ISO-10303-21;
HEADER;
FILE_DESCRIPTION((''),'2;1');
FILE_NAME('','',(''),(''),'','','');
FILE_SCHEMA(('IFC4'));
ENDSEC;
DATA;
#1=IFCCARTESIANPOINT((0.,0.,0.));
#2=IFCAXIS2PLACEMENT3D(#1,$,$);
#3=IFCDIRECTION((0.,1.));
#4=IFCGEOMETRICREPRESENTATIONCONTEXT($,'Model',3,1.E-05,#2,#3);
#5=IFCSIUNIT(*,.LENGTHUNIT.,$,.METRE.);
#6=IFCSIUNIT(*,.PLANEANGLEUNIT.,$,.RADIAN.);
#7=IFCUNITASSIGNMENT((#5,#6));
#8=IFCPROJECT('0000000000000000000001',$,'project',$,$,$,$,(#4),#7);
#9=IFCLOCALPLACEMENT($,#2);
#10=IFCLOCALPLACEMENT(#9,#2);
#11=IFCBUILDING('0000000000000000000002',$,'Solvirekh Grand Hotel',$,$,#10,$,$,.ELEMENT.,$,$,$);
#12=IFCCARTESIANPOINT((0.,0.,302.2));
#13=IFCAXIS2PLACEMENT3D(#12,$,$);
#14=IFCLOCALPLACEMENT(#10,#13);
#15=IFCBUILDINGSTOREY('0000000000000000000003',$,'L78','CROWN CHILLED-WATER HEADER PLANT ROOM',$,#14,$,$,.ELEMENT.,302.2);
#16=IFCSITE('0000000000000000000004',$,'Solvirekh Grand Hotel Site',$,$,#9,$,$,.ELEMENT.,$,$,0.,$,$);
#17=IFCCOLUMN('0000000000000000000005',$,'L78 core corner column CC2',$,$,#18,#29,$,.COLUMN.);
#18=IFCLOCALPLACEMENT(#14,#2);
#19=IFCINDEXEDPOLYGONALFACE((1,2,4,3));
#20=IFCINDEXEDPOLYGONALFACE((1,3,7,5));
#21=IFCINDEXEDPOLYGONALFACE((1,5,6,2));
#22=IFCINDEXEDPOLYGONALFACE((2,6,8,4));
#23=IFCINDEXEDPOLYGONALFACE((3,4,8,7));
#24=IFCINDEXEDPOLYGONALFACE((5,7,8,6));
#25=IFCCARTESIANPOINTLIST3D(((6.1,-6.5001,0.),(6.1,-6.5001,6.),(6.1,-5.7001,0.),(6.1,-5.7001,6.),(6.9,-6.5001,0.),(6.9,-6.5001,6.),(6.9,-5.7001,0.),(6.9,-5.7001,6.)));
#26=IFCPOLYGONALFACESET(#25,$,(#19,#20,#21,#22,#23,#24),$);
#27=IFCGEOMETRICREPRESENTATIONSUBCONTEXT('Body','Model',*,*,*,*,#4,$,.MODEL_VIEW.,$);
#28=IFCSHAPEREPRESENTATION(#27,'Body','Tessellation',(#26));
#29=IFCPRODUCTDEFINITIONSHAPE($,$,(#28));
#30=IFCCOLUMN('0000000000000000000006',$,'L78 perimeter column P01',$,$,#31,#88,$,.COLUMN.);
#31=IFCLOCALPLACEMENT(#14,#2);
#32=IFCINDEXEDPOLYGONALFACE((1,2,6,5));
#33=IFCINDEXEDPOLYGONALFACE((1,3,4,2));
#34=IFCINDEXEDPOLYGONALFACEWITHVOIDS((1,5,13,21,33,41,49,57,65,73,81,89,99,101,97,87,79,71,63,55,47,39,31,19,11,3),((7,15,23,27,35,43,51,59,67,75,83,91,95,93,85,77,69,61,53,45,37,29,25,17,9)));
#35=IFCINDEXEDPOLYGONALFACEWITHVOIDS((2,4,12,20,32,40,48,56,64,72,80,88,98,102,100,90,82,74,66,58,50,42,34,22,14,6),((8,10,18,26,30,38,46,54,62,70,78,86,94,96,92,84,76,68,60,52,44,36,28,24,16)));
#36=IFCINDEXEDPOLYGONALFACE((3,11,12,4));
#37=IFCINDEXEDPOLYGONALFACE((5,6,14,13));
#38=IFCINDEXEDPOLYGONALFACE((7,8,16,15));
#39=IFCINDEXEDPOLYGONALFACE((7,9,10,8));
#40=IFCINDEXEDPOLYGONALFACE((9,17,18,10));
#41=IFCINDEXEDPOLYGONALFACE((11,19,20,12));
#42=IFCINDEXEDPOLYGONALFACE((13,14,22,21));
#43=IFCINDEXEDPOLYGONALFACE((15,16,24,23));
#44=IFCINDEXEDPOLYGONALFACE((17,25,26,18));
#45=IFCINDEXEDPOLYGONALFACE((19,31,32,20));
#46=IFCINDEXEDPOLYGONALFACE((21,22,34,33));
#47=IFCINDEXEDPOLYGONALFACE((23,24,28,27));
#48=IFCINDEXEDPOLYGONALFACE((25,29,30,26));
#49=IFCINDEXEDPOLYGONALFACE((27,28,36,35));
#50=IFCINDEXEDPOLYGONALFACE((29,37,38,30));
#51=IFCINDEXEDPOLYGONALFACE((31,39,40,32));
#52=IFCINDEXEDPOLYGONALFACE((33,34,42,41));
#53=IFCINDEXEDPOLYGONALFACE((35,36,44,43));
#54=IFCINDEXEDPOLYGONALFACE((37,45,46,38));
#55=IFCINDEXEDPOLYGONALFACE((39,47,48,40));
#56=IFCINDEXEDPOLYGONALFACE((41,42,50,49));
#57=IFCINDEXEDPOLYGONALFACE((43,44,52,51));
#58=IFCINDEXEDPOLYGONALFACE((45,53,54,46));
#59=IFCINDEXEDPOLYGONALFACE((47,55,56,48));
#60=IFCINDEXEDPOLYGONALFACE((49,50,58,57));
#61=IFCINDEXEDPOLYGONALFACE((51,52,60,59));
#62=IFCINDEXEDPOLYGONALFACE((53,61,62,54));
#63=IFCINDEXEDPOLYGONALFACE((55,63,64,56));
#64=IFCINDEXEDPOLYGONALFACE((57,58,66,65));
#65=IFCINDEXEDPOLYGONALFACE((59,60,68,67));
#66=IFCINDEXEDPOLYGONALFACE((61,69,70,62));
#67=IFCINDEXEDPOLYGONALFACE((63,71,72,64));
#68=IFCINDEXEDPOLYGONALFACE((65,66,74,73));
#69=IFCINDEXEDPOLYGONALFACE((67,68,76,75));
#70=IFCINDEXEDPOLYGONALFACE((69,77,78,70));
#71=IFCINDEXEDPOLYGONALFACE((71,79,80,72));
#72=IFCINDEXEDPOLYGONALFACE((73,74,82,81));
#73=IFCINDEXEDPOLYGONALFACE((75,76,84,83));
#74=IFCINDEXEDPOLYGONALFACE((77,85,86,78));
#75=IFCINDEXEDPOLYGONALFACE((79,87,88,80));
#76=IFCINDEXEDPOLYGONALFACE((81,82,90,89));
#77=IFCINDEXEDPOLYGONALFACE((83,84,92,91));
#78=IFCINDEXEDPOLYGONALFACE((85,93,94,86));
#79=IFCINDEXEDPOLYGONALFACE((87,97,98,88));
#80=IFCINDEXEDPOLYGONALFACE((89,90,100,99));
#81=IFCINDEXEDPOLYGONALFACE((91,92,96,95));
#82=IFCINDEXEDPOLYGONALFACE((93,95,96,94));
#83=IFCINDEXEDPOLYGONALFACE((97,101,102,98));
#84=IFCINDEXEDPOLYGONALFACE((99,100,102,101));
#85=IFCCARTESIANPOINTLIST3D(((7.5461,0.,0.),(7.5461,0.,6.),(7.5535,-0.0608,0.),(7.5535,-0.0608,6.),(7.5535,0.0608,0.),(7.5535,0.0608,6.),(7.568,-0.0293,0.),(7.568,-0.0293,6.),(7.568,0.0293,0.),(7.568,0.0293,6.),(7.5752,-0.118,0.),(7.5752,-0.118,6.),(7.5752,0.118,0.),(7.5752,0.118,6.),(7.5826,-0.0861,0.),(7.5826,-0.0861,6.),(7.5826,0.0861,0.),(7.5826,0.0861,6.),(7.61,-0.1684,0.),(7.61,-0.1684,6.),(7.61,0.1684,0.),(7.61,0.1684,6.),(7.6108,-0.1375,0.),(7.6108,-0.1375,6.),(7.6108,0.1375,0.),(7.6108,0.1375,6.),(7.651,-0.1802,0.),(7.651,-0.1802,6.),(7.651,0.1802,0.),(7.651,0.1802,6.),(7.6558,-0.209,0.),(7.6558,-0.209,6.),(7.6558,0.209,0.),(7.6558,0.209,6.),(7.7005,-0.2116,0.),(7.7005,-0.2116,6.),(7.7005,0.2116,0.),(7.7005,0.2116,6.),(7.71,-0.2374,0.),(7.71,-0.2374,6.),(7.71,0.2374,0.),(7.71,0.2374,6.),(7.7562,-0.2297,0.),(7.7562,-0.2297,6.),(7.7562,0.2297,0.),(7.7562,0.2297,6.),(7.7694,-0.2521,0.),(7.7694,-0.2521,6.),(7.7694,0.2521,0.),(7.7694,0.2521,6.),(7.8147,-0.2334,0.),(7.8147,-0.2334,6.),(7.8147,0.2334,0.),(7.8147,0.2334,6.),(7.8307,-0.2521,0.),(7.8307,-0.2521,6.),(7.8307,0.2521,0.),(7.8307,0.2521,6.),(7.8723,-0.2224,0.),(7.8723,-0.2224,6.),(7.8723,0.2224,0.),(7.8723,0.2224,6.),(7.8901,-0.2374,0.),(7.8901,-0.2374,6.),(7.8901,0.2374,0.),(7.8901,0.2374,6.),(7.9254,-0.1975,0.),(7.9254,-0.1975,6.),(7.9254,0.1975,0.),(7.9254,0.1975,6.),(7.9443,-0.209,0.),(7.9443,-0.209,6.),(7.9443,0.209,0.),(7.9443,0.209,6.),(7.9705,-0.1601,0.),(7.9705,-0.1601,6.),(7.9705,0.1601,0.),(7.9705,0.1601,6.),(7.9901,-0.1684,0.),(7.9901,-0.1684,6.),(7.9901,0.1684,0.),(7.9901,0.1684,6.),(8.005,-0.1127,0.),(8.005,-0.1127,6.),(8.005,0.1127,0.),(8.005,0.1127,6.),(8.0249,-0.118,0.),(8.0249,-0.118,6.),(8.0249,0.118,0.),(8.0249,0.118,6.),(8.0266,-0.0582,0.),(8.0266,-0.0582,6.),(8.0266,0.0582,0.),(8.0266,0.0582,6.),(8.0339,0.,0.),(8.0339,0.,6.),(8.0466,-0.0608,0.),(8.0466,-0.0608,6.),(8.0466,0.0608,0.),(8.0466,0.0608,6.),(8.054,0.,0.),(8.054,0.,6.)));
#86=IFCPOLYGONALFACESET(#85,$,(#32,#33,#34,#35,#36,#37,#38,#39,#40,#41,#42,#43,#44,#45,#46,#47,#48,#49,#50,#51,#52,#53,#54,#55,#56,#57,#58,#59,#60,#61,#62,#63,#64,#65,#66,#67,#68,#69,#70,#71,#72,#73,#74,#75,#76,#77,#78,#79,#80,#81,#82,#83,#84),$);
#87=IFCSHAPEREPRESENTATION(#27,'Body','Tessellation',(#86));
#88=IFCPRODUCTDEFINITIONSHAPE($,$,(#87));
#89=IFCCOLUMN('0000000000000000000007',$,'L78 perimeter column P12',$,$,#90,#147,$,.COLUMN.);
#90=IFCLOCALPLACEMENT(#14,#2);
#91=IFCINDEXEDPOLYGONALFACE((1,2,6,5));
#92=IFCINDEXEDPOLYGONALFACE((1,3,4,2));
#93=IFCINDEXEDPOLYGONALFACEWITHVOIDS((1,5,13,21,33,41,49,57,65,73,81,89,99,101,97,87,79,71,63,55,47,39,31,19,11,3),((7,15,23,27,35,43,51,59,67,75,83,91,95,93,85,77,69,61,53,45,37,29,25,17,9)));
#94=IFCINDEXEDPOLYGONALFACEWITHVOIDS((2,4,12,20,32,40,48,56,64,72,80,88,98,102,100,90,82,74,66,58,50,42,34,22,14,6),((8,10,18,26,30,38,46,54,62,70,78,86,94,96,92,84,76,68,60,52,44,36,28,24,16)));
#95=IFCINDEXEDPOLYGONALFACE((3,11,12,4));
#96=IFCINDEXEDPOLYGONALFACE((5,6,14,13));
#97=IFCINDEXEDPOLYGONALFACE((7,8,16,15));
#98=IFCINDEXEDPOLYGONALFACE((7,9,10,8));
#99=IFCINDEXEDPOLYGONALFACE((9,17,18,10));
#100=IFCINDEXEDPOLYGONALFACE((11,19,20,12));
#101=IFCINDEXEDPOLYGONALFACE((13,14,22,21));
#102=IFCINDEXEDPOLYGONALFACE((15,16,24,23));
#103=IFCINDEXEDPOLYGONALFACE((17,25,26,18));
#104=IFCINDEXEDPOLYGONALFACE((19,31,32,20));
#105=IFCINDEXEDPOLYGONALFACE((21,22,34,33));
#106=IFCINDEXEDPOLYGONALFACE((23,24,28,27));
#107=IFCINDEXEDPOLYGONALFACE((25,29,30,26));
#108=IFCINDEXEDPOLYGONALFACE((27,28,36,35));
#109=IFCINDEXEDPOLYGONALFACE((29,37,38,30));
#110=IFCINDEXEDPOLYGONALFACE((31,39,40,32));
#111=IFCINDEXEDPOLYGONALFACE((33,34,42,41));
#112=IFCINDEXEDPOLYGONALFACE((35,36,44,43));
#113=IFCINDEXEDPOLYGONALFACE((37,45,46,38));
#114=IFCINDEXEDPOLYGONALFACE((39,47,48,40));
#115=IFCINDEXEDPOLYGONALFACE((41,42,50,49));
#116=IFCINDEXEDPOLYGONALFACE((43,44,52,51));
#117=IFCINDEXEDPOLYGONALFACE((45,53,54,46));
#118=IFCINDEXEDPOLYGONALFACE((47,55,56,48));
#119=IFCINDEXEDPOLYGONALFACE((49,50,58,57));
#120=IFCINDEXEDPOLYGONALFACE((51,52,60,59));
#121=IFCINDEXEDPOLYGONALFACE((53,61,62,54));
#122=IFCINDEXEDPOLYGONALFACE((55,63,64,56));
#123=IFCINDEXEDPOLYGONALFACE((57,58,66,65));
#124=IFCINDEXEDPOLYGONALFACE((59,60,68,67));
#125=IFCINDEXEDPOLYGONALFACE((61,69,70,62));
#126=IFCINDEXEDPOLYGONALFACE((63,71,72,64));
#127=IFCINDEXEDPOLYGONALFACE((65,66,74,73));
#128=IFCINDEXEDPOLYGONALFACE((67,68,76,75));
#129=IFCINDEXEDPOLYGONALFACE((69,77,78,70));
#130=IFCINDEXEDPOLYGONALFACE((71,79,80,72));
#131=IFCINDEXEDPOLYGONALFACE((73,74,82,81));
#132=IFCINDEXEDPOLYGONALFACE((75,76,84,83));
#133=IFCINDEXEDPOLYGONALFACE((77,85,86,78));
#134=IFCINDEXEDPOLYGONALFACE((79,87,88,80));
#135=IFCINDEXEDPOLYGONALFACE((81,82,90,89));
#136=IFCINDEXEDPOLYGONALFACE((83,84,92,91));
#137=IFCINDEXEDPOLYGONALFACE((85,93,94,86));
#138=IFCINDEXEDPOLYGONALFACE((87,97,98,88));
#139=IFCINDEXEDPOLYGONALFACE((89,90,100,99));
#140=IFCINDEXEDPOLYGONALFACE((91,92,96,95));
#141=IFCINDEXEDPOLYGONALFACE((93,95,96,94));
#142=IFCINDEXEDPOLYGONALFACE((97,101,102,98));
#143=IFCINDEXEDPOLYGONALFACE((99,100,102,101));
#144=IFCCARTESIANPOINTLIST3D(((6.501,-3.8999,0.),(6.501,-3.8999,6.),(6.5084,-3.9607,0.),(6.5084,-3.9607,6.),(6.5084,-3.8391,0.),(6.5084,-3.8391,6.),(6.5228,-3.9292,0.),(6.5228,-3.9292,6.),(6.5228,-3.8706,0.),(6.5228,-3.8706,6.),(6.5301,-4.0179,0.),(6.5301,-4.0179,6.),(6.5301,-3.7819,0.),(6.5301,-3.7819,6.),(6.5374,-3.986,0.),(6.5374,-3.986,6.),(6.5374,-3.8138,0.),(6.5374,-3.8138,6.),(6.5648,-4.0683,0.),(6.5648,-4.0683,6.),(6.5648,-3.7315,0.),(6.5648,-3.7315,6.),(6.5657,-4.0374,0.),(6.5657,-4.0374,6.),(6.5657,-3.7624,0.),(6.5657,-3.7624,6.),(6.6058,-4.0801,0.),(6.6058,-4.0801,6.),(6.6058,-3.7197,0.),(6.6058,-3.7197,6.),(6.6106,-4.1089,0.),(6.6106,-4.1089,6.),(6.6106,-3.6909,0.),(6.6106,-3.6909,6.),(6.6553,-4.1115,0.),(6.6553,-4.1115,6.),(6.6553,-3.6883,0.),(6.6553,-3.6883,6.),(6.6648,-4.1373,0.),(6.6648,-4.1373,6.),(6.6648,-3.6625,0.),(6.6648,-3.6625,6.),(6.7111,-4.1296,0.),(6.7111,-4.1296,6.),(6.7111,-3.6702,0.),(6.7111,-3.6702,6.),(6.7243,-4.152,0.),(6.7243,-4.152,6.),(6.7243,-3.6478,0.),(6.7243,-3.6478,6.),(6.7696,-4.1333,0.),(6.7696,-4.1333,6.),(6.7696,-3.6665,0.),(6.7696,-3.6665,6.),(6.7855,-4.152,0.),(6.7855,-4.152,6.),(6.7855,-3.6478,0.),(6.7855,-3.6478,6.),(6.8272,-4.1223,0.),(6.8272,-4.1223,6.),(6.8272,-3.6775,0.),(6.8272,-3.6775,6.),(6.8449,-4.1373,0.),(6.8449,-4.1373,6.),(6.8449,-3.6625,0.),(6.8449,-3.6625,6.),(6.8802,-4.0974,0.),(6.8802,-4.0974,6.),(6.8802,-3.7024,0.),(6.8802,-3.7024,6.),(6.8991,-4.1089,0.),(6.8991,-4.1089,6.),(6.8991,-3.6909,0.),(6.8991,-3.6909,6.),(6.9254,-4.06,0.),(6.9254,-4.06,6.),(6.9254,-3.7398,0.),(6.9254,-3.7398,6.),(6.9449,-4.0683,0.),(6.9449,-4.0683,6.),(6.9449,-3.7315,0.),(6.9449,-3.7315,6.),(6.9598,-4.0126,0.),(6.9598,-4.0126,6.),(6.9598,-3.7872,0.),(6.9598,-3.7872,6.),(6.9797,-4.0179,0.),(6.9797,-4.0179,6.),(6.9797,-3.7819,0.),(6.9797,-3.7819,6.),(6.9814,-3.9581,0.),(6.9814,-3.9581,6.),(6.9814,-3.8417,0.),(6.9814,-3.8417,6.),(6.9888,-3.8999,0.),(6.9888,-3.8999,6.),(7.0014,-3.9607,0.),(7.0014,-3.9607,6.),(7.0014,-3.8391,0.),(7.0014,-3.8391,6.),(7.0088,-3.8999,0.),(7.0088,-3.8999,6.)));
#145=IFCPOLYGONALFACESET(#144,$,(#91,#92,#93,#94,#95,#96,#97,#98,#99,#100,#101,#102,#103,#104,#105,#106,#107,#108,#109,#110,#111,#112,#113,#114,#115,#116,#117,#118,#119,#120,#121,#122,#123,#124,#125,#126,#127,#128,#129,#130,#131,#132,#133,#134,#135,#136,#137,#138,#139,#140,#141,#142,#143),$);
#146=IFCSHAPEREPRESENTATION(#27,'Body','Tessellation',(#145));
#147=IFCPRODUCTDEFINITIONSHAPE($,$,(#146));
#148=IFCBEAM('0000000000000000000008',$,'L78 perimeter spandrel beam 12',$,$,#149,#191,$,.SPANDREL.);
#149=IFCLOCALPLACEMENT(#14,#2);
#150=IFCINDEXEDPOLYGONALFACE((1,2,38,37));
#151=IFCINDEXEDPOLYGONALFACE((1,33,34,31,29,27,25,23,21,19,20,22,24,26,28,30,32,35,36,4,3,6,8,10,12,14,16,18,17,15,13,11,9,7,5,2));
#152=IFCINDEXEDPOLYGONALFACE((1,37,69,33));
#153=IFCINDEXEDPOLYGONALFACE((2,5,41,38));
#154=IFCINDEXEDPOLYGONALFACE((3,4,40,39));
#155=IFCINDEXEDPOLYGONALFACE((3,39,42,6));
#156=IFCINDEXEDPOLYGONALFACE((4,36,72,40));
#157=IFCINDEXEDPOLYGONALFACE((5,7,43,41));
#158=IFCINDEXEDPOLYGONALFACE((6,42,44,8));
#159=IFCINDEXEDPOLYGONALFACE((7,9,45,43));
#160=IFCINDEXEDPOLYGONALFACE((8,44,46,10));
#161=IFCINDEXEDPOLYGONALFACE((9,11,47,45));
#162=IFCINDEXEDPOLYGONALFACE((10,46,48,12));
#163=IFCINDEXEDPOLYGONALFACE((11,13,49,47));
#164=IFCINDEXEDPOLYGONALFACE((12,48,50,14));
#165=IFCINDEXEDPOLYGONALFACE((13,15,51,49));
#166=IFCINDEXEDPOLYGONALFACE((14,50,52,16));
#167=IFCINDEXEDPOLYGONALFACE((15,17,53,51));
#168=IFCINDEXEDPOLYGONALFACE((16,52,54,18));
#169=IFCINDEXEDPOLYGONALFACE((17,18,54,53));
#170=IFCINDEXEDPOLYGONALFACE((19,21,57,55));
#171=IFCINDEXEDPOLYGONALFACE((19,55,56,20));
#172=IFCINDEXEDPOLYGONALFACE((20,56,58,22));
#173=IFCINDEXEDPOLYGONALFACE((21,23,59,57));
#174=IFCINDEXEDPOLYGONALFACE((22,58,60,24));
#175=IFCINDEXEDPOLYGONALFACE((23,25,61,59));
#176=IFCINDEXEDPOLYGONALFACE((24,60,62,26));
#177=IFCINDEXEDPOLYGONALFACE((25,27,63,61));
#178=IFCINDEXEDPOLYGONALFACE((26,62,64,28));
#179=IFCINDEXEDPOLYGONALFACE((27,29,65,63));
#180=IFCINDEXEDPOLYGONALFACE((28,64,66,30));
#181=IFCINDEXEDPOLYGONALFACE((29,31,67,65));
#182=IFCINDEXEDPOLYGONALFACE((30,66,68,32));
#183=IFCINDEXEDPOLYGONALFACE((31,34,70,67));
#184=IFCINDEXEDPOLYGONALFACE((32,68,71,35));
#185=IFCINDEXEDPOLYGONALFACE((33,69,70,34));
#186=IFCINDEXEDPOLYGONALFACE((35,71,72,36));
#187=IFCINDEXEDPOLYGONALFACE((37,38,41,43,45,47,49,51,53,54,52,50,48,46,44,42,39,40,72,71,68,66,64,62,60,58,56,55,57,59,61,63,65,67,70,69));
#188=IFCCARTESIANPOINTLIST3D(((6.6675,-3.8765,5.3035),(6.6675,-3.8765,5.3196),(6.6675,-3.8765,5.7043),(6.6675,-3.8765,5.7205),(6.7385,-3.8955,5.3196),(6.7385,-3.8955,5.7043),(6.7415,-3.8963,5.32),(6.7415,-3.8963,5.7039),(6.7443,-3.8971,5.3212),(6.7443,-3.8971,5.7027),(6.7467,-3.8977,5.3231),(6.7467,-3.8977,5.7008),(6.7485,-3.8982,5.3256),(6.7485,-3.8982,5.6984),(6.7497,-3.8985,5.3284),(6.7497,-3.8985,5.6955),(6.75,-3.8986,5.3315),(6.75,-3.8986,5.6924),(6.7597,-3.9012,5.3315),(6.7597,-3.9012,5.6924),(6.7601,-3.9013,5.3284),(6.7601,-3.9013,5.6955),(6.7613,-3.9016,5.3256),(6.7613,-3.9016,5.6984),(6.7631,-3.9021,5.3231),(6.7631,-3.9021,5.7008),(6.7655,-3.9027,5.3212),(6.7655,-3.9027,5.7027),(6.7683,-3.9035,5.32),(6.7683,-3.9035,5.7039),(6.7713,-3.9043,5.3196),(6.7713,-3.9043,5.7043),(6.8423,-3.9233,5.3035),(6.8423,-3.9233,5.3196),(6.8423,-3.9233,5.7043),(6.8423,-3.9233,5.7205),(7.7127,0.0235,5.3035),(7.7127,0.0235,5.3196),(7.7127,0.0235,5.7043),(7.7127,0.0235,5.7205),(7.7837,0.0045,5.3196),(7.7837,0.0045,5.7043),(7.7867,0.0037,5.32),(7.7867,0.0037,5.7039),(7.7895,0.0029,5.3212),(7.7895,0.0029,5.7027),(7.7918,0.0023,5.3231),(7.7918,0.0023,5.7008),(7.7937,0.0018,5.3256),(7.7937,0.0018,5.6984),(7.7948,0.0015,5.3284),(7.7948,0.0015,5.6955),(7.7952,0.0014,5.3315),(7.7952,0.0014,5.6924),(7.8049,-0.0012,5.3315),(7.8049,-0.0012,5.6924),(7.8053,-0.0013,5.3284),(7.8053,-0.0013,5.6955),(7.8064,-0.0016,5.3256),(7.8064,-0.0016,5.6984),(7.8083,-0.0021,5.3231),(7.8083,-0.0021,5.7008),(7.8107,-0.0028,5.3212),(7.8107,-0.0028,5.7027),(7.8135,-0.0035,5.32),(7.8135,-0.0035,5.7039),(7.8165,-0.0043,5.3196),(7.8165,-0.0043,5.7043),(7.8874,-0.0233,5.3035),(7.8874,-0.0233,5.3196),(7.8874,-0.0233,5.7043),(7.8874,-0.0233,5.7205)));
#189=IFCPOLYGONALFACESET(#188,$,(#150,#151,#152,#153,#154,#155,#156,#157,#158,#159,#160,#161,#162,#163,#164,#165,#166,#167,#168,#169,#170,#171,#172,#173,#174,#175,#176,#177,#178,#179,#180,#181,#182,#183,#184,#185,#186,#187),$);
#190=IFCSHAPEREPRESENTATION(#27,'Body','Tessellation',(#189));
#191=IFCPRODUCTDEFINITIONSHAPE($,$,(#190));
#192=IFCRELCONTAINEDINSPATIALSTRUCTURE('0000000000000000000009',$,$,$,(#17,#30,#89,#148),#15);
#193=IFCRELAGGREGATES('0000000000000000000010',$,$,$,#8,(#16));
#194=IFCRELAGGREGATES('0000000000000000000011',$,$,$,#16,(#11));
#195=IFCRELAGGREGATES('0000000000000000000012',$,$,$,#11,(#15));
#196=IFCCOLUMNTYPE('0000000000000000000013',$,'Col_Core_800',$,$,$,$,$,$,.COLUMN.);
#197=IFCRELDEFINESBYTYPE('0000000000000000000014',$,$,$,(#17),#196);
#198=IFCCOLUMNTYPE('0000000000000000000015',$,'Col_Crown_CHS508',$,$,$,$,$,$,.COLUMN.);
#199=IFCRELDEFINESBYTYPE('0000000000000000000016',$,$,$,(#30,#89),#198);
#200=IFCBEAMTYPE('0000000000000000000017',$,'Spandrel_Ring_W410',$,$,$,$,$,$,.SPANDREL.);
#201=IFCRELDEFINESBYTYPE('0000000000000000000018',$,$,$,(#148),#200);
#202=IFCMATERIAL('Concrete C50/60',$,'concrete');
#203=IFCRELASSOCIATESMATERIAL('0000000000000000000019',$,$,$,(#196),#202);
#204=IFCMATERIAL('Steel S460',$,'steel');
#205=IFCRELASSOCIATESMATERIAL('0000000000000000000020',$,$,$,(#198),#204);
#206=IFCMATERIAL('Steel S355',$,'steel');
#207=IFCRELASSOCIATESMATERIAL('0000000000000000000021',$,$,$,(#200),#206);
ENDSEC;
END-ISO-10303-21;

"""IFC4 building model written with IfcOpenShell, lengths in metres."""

from ifc_helpers import new_model, si_unit, direction, frame, origin, origin_2d, place, context, subcontext, project, spatial, rectangle, hollow_circle, i_section, extrude, material, material_profile, profile_set, type_object, element, save


model = new_model("IFC4")

# Units and contexts
model_context = context("Model", 3, precision=1e-05, world=origin(), true_north=direction((0.0, 1.0)))
body_context = subcontext(model_context, "Body", "Model", "MODEL_VIEW")
ifc_project = project(units=[si_unit("LENGTHUNIT", "METRE"), si_unit("PLANEANGLEUNIT", "RADIAN")], contexts=[model_context])

# Site, building, storey
site_placement = place(None, origin())
site = spatial("IfcSite", under=ifc_project, at=site_placement, Name="Solvirekh Grand Hotel Site", CompositionType="ELEMENT", RefElevation=0.0)
building_placement = place(site_placement, origin())
building = spatial("IfcBuilding", under=site, at=building_placement, Name="Solvirekh Grand Hotel", CompositionType="ELEMENT")
storey_placement = place(building_placement, frame((0.0, 0.0, 302.2)))
storey = spatial("IfcBuildingStorey", under=building, at=storey_placement, Name="L78", Description="CROWN CHILLED-WATER HEADER PLANT ROOM", CompositionType="ELEMENT", Elevation=302.2)

# Columns
ifc_material_1 = material(Name="Concrete C50/60", Category="concrete")
ifc_material_profile_1 = material_profile(ifc_material_1, rectangle(XDim=0.8, YDim=0.8, at=origin_2d()), Name="RC 800X800")
ifc_profile_set_1 = profile_set([ifc_material_profile_1], Name="Concrete C50/60")
column_type_1 = type_object("IfcColumnType", Name="Col_Core_800", PredefinedType="COLUMN", material=ifc_profile_set_1)
column_placement = place(storey_placement, frame((6.5, -6.1001, 0.0), z_axis=(0.0, 0.0, 1.0), x_axis=(1.0, 0.0, 0.0)))
element("IfcColumn", 1, at=column_placement, inside=storey, type_object=column_type_1, Name="L78 core corner column CC2", PredefinedType="COLUMN", context=body_context, shape_type="SweptSolid", body=[
    extrude(rectangle(XDim=0.8, YDim=0.8, at=origin_2d()), origin(), (0.0, 0.0, 1.0), 6.0),
])
ifc_material_2 = material(Name="Steel S460", Category="steel")
ifc_material_profile_2 = material_profile(ifc_material_2, hollow_circle(Radius=0.2539, WallThickness=0.02, at=origin_2d()), Name="CHS 508X20")
ifc_profile_set_2 = profile_set([ifc_material_profile_2], Name="Steel S460")
column_type_2 = type_object("IfcColumnType", Name="Col_Crown_CHS508", PredefinedType="COLUMN", material=ifc_profile_set_2)
for number, where, z_axis, x_axis, name in (
    (2, (7.8, 0.0, 0.0), (0.0, 0.0, 1.0), (1.0, 0.0, 0.0), "L78 perimeter column P01"),
    (3, (6.7549, -3.8999, 0.0), (0.0, 0.0, 1.0), (1.0, 0.0, 0.0), "L78 perimeter column P12"),
):
    element("IfcColumn", number, at=place(storey_placement, frame(where, z_axis=z_axis, x_axis=x_axis)), inside=storey, type_object=column_type_2, Name=name, PredefinedType="COLUMN", context=body_context, shape_type="SweptSolid", body=[
        extrude(hollow_circle(Radius=0.2539, WallThickness=0.02, at=origin_2d()), origin(), (0.0, 0.0, 1.0), 6.0),
    ])

# Beam
ifc_material_3 = material(Name="Steel S355", Category="steel")
ifc_material_profile_3 = material_profile(ifc_material_3, i_section(OverallWidth=0.1809, OverallDepth=0.417, WebThickness=0.01, FlangeThickness=0.0161, FilletRadius=0.012, at=origin_2d()), Name="W410X85")
ifc_profile_set_3 = profile_set([ifc_material_profile_3], Name="Steel S355")
beam_type_1 = type_object("IfcBeamType", Name="Spandrel_Ring_W410", PredefinedType="SPANDREL", material=ifc_profile_set_3)
beam_1_placement = place(storey_placement, frame((6.7549, -3.8999, 5.512), z_axis=(0.258863, 0.965914, 0.0), x_axis=(-0.965914, 0.258863, 0.0)))
element("IfcBeam", 4, at=beam_1_placement, inside=storey, type_object=beam_type_1, Name="L78 perimeter spandrel beam 12", PredefinedType="SPANDREL", context=body_context, shape_type="SweptSolid", body=[
    extrude(i_section(OverallWidth=0.1809, OverallDepth=0.417, WebThickness=0.01, FlangeThickness=0.0161, FilletRadius=0.012, at=origin_2d()), origin(), (0.0, 0.0, 1.0), 4.0376),
])

save(model, "model.ifc")
